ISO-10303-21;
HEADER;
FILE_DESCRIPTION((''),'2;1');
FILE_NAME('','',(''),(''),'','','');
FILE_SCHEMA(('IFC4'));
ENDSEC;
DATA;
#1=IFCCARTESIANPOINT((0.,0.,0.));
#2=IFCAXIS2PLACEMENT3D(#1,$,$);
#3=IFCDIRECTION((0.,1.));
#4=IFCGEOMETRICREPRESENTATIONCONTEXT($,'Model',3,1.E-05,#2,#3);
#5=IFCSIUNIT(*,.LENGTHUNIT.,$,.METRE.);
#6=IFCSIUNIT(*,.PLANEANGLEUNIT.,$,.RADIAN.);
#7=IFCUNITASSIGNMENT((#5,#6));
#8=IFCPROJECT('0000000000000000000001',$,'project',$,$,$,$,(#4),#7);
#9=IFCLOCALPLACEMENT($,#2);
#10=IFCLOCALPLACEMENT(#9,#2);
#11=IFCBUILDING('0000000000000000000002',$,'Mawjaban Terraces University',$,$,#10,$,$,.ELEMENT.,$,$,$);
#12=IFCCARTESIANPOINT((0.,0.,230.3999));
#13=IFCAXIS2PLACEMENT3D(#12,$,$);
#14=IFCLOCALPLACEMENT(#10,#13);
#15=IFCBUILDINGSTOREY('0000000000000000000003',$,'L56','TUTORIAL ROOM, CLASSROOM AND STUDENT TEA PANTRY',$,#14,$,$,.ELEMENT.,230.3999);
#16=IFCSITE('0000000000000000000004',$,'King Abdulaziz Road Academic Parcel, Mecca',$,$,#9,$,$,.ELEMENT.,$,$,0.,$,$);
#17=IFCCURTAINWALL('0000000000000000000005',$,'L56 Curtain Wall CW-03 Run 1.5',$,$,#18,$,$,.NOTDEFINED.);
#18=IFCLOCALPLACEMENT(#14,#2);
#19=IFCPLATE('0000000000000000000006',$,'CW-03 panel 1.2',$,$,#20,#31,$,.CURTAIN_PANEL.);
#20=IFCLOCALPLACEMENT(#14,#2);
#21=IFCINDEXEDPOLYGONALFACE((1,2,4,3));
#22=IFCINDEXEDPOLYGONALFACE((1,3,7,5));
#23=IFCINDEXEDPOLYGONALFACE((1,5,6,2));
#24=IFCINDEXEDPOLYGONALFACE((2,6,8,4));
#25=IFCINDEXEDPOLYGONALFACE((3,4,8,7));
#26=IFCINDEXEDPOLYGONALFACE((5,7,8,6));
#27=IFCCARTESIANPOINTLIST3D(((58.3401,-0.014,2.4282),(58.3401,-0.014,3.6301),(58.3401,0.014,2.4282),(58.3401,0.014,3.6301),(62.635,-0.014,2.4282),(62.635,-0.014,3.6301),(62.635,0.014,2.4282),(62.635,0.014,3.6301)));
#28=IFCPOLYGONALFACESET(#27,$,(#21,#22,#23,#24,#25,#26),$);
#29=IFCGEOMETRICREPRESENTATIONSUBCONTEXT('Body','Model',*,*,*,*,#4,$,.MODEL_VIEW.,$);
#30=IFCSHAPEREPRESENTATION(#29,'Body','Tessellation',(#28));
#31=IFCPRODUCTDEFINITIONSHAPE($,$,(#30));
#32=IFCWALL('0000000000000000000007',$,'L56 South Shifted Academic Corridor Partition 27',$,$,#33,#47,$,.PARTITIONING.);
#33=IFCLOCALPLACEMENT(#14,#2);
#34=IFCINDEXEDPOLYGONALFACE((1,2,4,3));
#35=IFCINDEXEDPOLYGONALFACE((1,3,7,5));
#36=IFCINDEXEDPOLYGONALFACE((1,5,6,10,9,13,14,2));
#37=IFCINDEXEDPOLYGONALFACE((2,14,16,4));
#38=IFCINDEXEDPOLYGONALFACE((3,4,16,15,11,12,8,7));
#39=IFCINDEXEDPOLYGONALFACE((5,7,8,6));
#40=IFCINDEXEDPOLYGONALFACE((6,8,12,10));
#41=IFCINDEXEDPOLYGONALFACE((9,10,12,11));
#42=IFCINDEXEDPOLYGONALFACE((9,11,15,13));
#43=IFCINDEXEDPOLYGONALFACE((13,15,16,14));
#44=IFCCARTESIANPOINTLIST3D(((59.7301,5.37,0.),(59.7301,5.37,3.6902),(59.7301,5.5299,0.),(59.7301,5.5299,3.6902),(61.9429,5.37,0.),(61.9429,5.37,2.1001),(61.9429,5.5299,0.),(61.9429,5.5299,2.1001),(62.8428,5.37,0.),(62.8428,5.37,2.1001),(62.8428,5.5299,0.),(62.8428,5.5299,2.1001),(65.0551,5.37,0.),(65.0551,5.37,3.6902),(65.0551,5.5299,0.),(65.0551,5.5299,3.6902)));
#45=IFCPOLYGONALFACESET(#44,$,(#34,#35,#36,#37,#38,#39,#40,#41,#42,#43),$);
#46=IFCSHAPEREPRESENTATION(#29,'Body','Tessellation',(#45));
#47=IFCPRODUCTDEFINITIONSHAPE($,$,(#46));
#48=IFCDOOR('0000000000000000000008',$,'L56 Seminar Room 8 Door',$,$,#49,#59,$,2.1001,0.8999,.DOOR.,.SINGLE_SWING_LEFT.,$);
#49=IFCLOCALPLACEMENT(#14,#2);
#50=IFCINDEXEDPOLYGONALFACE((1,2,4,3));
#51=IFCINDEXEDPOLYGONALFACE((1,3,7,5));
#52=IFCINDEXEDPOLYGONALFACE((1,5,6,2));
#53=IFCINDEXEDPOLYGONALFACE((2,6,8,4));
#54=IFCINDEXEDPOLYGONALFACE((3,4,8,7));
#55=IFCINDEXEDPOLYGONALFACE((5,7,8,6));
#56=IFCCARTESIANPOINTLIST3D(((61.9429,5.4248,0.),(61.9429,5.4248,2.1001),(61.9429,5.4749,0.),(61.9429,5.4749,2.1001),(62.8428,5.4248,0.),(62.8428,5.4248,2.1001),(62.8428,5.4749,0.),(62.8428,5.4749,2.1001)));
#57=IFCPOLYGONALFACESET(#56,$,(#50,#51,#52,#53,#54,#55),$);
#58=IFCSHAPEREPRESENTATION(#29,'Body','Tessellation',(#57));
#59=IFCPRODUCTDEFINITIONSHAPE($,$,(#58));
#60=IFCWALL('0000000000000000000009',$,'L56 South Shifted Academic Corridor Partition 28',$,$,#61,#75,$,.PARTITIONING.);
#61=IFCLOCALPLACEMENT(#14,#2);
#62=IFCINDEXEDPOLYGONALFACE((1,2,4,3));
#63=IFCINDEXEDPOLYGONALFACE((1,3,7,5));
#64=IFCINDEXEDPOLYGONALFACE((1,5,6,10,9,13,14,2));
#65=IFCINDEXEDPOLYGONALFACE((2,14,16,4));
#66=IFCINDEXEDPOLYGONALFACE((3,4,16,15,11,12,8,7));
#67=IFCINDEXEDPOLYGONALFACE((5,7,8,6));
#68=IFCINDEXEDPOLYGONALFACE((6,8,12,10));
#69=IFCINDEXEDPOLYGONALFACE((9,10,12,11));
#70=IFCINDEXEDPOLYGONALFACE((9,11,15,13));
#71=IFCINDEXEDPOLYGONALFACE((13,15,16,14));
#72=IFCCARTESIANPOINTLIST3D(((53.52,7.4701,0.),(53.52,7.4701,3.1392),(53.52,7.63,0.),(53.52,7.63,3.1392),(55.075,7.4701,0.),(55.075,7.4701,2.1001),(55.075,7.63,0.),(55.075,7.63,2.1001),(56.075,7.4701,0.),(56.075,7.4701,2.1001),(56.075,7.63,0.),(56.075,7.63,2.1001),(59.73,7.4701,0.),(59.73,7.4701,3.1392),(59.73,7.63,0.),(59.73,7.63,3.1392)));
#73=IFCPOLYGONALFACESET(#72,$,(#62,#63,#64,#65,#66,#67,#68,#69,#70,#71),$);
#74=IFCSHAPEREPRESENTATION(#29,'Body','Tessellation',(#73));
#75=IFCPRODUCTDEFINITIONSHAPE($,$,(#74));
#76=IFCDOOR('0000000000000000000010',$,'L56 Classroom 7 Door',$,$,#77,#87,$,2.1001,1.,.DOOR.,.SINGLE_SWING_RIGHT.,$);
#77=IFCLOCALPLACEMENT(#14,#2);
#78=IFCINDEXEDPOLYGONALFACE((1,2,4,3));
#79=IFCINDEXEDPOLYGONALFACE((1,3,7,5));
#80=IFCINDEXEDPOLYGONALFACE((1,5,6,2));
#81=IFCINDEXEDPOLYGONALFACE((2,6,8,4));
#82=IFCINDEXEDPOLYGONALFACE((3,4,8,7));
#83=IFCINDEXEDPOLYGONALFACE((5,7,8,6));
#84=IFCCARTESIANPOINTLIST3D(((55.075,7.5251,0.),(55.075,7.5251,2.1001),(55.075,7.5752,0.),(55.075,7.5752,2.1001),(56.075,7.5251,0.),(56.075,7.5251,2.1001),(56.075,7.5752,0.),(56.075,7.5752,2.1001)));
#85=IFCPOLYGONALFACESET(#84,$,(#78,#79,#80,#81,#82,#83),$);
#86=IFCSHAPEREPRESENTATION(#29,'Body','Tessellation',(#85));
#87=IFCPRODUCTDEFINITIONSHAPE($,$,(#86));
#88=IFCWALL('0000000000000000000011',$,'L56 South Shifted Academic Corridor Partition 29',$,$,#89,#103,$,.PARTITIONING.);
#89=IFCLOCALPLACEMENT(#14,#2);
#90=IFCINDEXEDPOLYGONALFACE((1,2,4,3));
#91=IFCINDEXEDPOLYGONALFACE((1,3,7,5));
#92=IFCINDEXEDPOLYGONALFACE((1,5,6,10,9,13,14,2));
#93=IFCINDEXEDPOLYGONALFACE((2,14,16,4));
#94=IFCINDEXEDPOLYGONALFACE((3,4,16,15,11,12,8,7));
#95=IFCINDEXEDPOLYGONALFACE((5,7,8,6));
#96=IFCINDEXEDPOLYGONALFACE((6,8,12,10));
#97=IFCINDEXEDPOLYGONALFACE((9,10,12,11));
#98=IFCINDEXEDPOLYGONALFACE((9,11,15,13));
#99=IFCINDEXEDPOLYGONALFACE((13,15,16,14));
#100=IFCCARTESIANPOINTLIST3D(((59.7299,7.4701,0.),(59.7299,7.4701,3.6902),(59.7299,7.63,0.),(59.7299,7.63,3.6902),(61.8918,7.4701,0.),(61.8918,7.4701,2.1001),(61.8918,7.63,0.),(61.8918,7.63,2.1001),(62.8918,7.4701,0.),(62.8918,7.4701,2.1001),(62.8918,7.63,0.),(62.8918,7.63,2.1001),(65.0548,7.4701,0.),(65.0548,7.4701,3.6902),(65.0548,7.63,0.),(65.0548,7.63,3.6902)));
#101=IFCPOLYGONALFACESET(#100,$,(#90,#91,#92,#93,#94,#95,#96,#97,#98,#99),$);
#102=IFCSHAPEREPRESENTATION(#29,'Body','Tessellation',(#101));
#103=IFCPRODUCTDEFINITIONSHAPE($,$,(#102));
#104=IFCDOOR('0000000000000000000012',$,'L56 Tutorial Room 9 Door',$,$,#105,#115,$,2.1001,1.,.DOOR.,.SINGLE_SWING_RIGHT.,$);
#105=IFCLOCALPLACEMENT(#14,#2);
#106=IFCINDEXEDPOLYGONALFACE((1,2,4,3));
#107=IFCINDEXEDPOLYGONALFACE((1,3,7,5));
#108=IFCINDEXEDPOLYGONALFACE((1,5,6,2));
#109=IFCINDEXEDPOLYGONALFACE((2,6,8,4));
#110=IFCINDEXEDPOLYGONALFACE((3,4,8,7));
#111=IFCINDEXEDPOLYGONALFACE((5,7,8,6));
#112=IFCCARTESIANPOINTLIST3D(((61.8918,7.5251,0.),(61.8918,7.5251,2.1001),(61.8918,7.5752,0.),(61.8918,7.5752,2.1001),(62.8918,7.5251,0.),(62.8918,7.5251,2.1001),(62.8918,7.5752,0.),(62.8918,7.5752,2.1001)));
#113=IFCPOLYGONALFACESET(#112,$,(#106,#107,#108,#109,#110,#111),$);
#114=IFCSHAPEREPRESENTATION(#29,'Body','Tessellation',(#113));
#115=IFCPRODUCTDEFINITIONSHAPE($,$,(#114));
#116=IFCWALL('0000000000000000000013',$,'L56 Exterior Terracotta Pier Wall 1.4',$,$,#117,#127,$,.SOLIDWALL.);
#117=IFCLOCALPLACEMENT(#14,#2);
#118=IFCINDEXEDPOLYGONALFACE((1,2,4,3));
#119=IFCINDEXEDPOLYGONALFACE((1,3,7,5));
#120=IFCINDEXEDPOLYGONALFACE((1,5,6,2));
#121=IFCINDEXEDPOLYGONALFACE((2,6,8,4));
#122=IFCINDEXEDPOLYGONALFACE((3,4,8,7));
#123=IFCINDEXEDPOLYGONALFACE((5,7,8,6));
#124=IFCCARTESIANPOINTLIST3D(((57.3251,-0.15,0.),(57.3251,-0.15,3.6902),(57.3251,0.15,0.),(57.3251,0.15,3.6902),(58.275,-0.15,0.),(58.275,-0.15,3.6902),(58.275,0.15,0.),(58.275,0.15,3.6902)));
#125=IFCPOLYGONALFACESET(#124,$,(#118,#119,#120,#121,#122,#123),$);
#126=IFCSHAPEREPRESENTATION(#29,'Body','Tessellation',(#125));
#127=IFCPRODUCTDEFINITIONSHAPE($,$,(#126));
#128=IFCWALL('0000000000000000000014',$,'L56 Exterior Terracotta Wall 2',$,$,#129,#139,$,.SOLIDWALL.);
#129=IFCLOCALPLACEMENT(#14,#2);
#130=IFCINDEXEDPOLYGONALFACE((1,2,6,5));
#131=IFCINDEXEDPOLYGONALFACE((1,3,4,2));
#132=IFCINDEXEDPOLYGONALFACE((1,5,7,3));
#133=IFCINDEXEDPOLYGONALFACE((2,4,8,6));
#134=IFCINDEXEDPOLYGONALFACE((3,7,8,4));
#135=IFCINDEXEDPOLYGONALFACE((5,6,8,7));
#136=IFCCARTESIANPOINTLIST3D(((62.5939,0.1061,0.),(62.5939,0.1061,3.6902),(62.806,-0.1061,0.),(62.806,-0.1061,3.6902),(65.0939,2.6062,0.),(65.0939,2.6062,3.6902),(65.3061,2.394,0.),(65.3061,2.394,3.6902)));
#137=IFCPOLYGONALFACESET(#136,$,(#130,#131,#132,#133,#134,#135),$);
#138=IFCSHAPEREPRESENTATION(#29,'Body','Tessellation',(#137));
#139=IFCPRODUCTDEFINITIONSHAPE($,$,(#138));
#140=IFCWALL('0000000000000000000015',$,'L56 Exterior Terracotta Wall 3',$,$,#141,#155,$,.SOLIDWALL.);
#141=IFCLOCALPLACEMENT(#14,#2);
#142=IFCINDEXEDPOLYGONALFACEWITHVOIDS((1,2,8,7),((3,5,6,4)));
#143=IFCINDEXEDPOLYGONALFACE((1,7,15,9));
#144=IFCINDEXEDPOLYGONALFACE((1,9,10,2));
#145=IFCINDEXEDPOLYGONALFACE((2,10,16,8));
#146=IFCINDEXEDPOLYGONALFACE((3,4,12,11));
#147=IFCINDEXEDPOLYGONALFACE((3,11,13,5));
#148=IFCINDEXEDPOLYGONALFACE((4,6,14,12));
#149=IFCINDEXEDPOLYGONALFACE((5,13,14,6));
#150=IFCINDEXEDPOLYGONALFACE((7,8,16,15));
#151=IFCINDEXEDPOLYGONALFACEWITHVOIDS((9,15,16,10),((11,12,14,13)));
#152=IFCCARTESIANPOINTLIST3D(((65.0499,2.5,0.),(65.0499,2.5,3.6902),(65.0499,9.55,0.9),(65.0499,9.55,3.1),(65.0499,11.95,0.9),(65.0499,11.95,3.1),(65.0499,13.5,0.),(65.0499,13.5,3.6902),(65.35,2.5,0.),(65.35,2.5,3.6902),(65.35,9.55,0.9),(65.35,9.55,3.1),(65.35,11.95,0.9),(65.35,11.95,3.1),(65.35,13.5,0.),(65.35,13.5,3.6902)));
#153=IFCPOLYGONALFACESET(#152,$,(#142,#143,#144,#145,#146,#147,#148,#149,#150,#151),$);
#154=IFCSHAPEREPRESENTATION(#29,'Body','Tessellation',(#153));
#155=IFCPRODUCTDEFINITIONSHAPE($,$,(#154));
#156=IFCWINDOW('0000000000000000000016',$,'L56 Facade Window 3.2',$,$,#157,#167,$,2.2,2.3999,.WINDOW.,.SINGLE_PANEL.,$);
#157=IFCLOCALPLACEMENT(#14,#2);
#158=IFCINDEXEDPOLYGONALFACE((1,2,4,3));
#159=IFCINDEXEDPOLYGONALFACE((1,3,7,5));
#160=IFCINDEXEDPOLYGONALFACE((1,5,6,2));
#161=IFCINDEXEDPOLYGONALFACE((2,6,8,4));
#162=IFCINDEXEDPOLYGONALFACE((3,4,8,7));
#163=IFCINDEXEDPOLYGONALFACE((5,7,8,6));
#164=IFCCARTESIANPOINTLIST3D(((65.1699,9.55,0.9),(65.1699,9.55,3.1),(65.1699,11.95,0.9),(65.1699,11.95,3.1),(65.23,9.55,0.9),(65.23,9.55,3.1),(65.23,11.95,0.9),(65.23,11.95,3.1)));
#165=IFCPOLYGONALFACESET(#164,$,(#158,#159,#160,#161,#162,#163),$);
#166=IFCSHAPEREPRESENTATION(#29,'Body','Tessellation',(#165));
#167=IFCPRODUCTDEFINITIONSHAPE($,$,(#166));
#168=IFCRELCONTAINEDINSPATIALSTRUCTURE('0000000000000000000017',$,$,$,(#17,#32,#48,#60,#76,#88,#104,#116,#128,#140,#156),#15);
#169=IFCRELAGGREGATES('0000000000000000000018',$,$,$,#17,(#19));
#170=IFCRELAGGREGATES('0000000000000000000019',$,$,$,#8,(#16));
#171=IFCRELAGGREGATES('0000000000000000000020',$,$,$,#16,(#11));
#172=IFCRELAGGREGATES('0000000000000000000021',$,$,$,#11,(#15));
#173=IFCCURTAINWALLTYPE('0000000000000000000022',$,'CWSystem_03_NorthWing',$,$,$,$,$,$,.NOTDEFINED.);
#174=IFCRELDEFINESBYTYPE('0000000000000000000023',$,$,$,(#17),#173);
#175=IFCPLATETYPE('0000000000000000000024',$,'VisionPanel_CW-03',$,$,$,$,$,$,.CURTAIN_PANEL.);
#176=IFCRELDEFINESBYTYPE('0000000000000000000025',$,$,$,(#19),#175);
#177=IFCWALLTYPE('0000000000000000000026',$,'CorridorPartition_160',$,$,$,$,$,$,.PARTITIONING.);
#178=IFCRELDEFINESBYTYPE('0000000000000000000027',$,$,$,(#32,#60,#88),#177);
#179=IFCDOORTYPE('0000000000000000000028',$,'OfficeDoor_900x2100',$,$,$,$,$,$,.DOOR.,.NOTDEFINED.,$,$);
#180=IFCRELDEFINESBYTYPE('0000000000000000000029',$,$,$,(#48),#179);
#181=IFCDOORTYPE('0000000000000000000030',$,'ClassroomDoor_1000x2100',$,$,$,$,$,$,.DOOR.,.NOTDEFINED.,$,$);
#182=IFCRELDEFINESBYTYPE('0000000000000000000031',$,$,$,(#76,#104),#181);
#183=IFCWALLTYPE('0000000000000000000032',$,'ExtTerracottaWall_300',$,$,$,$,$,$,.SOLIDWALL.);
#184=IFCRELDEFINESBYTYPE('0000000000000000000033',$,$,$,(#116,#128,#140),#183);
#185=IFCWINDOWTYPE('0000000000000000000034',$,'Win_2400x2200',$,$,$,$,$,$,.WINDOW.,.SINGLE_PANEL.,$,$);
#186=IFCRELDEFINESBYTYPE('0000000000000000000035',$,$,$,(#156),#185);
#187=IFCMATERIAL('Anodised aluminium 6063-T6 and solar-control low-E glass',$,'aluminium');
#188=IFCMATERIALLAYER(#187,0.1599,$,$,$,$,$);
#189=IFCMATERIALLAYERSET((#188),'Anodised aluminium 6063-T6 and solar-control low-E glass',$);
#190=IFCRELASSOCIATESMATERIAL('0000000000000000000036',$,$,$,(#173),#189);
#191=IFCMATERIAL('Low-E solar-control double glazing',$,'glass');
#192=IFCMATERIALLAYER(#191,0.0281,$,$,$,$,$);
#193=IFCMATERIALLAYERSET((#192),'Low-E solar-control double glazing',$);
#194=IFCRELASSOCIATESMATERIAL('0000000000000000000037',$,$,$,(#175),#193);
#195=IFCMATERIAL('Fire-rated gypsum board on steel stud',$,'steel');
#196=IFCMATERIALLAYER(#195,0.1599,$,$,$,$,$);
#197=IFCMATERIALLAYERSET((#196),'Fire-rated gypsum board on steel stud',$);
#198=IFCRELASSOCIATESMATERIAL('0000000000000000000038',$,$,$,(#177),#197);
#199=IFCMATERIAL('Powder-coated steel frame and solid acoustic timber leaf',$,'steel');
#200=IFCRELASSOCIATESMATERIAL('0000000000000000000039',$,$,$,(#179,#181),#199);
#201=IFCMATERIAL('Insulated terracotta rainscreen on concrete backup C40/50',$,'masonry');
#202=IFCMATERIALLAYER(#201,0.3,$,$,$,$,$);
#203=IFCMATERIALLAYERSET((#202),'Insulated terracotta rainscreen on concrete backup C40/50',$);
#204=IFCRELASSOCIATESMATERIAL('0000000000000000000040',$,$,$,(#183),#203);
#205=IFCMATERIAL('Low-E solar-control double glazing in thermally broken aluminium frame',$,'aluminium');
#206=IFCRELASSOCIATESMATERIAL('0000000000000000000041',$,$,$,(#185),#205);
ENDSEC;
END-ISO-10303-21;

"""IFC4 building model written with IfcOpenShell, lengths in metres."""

from ifc_helpers import new_model, si_unit, direction, frame, frame_2d, origin, origin_2d, place, context, subcontext, project, spatial, rectangle, extrude, material, layer, layer_set, type_object, element, fill, aggregate, save


model = new_model("IFC4")

# Units and contexts
model_context = context("Model", 3, precision=1e-05, world=origin(), true_north=direction((0.0, 1.0)))
body_context = subcontext(model_context, "Body", "Model", "MODEL_VIEW")
ifc_project = project(units=[si_unit("LENGTHUNIT", "METRE"), si_unit("PLANEANGLEUNIT", "RADIAN")], contexts=[model_context])

# Site, building, storey
site_placement = place(None, origin())
site = spatial("IfcSite", under=ifc_project, at=site_placement, Name="King Abdulaziz Road Academic Parcel, Mecca", CompositionType="ELEMENT", RefElevation=0.0)
building_placement = place(site_placement, origin())
building = spatial("IfcBuilding", under=site, at=building_placement, Name="Mawjaban Terraces University", CompositionType="ELEMENT")
storey_placement = place(building_placement, frame((0.0, 0.0, 230.3999)))
storey = spatial("IfcBuildingStorey", under=building, at=storey_placement, Name="L56", Description="TUTORIAL ROOM, CLASSROOM AND STUDENT TEA PANTRY", CompositionType="ELEMENT", Elevation=230.3999)

# Shared definitions
ifc_material_1 = material(Name="Anodised aluminium 6063-T6 and solar-control low-E glass", Category="aluminium")
ifc_layer_1 = layer(ifc_material_1, 0.1599)
ifc_layer_set_1 = layer_set([ifc_layer_1], Name="Anodised aluminium 6063-T6 and solar-control low-E glass")
curtain_wall_type = type_object("IfcCurtainWallType", Name="CWSystem_03_NorthWing", PredefinedType="NOTDEFINED", material=ifc_layer_set_1)

# Curtain wall
curtain_wall_1_placement = place(storey_placement, origin())
curtain_wall_1 = element("IfcCurtainWall", 1, at=curtain_wall_1_placement, inside=storey, type_object=curtain_wall_type, Name="L56 Curtain Wall CW-03 Run 1.5", PredefinedType="NOTDEFINED")

# Plate
ifc_material_2 = material(Name="Low-E solar-control double glazing", Category="glass")
ifc_layer_2 = layer(ifc_material_2, 0.0281)
ifc_layer_set_2 = layer_set([ifc_layer_2], Name="Low-E solar-control double glazing")
plate_type = type_object("IfcPlateType", Name="VisionPanel_CW-03", PredefinedType="CURTAIN_PANEL", material=ifc_layer_set_2)
plate_1_placement = place(storey_placement, frame((60.4875, 0.0, 2.4282), z_axis=(0.0, 0.0, 1.0), x_axis=(1.0, 0.0, 0.0)))
plate_1 = element("IfcPlate", 2, at=plate_1_placement, type_object=plate_type, Name="CW-03 panel 1.2", PredefinedType="CURTAIN_PANEL", context=body_context, shape_type="SweptSolid", body=[
    extrude(rectangle(XDim=4.2949, YDim=0.0281, at=origin_2d()), origin(), (0.0, 0.0, 1.0), 1.2019),
])
aggregate(curtain_wall_1, [plate_1])

# Walls, openings, doors
ifc_material_3 = material(Name="Fire-rated gypsum board on steel stud", Category="steel")
ifc_layer_3 = layer(ifc_material_3, 0.1599)
ifc_layer_set_3 = layer_set([ifc_layer_3], Name="Fire-rated gypsum board on steel stud")
wall_type_1 = type_object("IfcWallType", Name="CorridorPartition_160", PredefinedType="PARTITIONING", material=ifc_layer_set_3)
wall_1_placement = place(storey_placement, frame((59.73, 5.45, 0.0), z_axis=(0.0, 0.0, 1.0), x_axis=(1.0, 0.0, 0.0)))
wall_1 = element("IfcWall", 3, at=wall_1_placement, inside=storey, type_object=wall_type_1, Name="L56 South Shifted Academic Corridor Partition 27", PredefinedType="PARTITIONING", context=body_context, shape_type="SweptSolid", body=[
    extrude(rectangle(XDim=5.325, YDim=0.1599, at=frame_2d((2.6626, 0.0))), origin(), (0.0, 0.0, 1.0), 3.6902),
])
opening_1_placement = place(wall_1_placement, frame((2.2129, 0.0, 0.0)))
opening_1 = element("IfcOpeningElement", 4, at=opening_1_placement, cuts=wall_1, PredefinedType="OPENING", context=body_context, shape_type="SweptSolid", body=[
    extrude(rectangle(XDim=0.8999, YDim=2.1001, at=frame_2d((0.45, 1.05))), frame((0.0, 0.0898, 0.0), z_axis=(0.0, -1.0, 0.0), x_axis=(1.0, 0.0, 0.0)), (0.0, 0.0, 1.0), 0.1799),
])
ifc_material_4 = material(Name="Powder-coated steel frame and solid acoustic timber leaf", Category="steel")
door_type_1 = type_object("IfcDoorType", Name="OfficeDoor_900x2100", OperationType="NOTDEFINED", PredefinedType="DOOR", material=ifc_material_4)
door_1_placement = place(opening_1_placement, origin())
door_1 = element("IfcDoor", 5, at=door_1_placement, inside=storey, type_object=door_type_1, Name="L56 Seminar Room 8 Door", OperationType="SINGLE_SWING_LEFT", OverallHeight=2.1001, OverallWidth=0.8999, PredefinedType="DOOR", context=body_context, shape_type="SweptSolid", body=[
    extrude(rectangle(XDim=0.8999, YDim=2.1001, at=frame_2d((0.45, 1.05))), frame((0.0, 0.0249, 0.0), z_axis=(0.0, -1.0, 0.0), x_axis=(1.0, 0.0, 0.0)), (0.0, 0.0, 1.0), 0.05),
])
fill(opening_1, door_1)
wall_2_placement = place(storey_placement, frame((59.73, 7.55, 0.0), z_axis=(0.0, 0.0, 1.0), x_axis=(-1.0, 0.0, 0.0)))
wall_2 = element("IfcWall", 6, at=wall_2_placement, inside=storey, type_object=wall_type_1, Name="L56 South Shifted Academic Corridor Partition 28", PredefinedType="PARTITIONING", context=body_context, shape_type="SweptSolid", body=[
    extrude(rectangle(XDim=6.21, YDim=0.1599, at=frame_2d((3.105, 0.0))), origin(), (0.0, 0.0, 1.0), 3.1392),
])
opening_2_placement = place(wall_2_placement, frame((3.655, 0.0, 0.0)))
opening_2 = element("IfcOpeningElement", 7, at=opening_2_placement, cuts=wall_2, PredefinedType="OPENING", context=body_context, shape_type="SweptSolid", body=[
    extrude(rectangle(XDim=1.0, YDim=2.1001, at=frame_2d((0.5, 1.05))), frame((0.0, 0.0898, 0.0), z_axis=(0.0, -1.0, 0.0), x_axis=(1.0, 0.0, 0.0)), (0.0, 0.0, 1.0), 0.1799),
])
door_type_2 = type_object("IfcDoorType", Name="ClassroomDoor_1000x2100", OperationType="NOTDEFINED", PredefinedType="DOOR", material=ifc_material_4)
door_2_placement = place(opening_2_placement, origin())
door_2 = element("IfcDoor", 8, at=door_2_placement, inside=storey, type_object=door_type_2, Name="L56 Classroom 7 Door", OperationType="SINGLE_SWING_RIGHT", OverallHeight=2.1001, OverallWidth=1.0, PredefinedType="DOOR", context=body_context, shape_type="SweptSolid", body=[
    extrude(rectangle(XDim=1.0, YDim=2.1001, at=frame_2d((0.5, 1.05))), frame((0.0, 0.0249, 0.0), z_axis=(0.0, -1.0, 0.0), x_axis=(1.0, 0.0, 0.0)), (0.0, 0.0, 1.0), 0.05),
])
fill(opening_2, door_2)
wall_3_placement = place(storey_placement, frame((65.0549, 7.55, 0.0), z_axis=(0.0, 0.0, 1.0), x_axis=(-1.0, 0.0, 0.0)))
wall_3 = element("IfcWall", 9, at=wall_3_placement, inside=storey, type_object=wall_type_1, Name="L56 South Shifted Academic Corridor Partition 29", PredefinedType="PARTITIONING", context=body_context, shape_type="SweptSolid", body=[
    extrude(rectangle(XDim=5.325, YDim=0.1599, at=frame_2d((2.6626, 0.0))), origin(), (0.0, 0.0, 1.0), 3.6902),
])
opening_3_placement = place(wall_3_placement, frame((2.1631, 0.0, 0.0)))
opening_3 = element("IfcOpeningElement", 10, at=opening_3_placement, cuts=wall_3, PredefinedType="OPENING", context=body_context, shape_type="SweptSolid", body=[
    extrude(rectangle(XDim=1.0, YDim=2.1001, at=frame_2d((0.5, 1.05))), frame((0.0, 0.0898, 0.0), z_axis=(0.0, -1.0, 0.0), x_axis=(1.0, 0.0, 0.0)), (0.0, 0.0, 1.0), 0.1799),
])
door_3_placement = place(opening_3_placement, origin())
door_3 = element("IfcDoor", 11, at=door_3_placement, inside=storey, type_object=door_type_2, Name="L56 Tutorial Room 9 Door", OperationType="SINGLE_SWING_RIGHT", OverallHeight=2.1001, OverallWidth=1.0, PredefinedType="DOOR", context=body_context, shape_type="SweptSolid", body=[
    extrude(rectangle(XDim=1.0, YDim=2.1001, at=frame_2d((0.5, 1.05))), frame((0.0, 0.0249, 0.0), z_axis=(0.0, -1.0, 0.0), x_axis=(1.0, 0.0, 0.0)), (0.0, 0.0, 1.0), 0.05),
])
fill(opening_3, door_3)

# Walls
ifc_material_5 = material(Name="Insulated terracotta rainscreen on concrete backup C40/50", Category="masonry")
ifc_layer_4 = layer(ifc_material_5, 0.3)
ifc_layer_set_4 = layer_set([ifc_layer_4], Name="Insulated terracotta rainscreen on concrete backup C40/50")
wall_type_2 = type_object("IfcWallType", Name="ExtTerracottaWall_300", PredefinedType="SOLIDWALL", material=ifc_layer_set_4)
wall_4_placement = place(storey_placement, frame((57.325, 0.0, 0.0), z_axis=(0.0, 0.0, 1.0), x_axis=(1.0, 0.0, 0.0)))
element("IfcWall", 12, at=wall_4_placement, inside=storey, type_object=wall_type_2, Name="L56 Exterior Terracotta Pier Wall 1.4", PredefinedType="SOLIDWALL", context=body_context, shape_type="SweptSolid", body=[
    extrude(rectangle(XDim=0.95, YDim=0.3, at=frame_2d((0.4751, 0.0))), origin(), (0.0, 0.0, 1.0), 3.6902),
])
wall_5_placement = place(storey_placement, frame((62.7, 0.0, 0.0), z_axis=(0.0, 0.0, 1.0), x_axis=(0.707107, 0.707107, 0.0)))
element("IfcWall", 13, at=wall_5_placement, inside=storey, type_object=wall_type_2, Name="L56 Exterior Terracotta Wall 2", PredefinedType="SOLIDWALL", context=body_context, shape_type="SweptSolid", body=[
    extrude(rectangle(XDim=3.5356, YDim=0.3, at=frame_2d((1.7678, 0.0))), origin(), (0.0, 0.0, 1.0), 3.6902),
])

# Wall, opening, window
wall_6_placement = place(storey_placement, frame((65.2, 2.5, 0.0), z_axis=(0.0, 0.0, 1.0), x_axis=(0.0, 1.0, 0.0)))
wall_6 = element("IfcWall", 14, at=wall_6_placement, inside=storey, type_object=wall_type_2, Name="L56 Exterior Terracotta Wall 3", PredefinedType="SOLIDWALL", context=body_context, shape_type="SweptSolid", body=[
    extrude(rectangle(XDim=11.0, YDim=0.3, at=frame_2d((5.5, 0.0))), origin(), (0.0, 0.0, 1.0), 3.6902),
])
opening_4_placement = place(wall_6_placement, frame((7.05, 0.0, 0.8999)))
opening_4 = element("IfcOpeningElement", 15, at=opening_4_placement, cuts=wall_6, PredefinedType="OPENING", context=body_context, shape_type="SweptSolid", body=[
    extrude(rectangle(XDim=2.3999, YDim=2.2, at=frame_2d((1.2, 1.1001))), frame((0.0, 0.1599, 0.0), z_axis=(0.0, -1.0, 0.0), x_axis=(1.0, 0.0, 0.0)), (0.0, 0.0, 1.0), 0.3201),
])
ifc_material_6 = material(Name="Low-E solar-control double glazing in thermally broken aluminium frame", Category="aluminium")
window_type = type_object("IfcWindowType", Name="Win_2400x2200", PartitioningType="SINGLE_PANEL", PredefinedType="WINDOW", material=ifc_material_6)
window_placement = place(opening_4_placement, origin())
window = element("IfcWindow", 16, at=window_placement, inside=storey, type_object=window_type, Name="L56 Facade Window 3.2", OverallHeight=2.2, OverallWidth=2.3999, PartitioningType="SINGLE_PANEL", PredefinedType="WINDOW", context=body_context, shape_type="SweptSolid", body=[
    extrude(rectangle(XDim=2.3999, YDim=2.2, at=frame_2d((1.2, 1.1001))), frame((0.0, 0.03, 0.0), z_axis=(0.0, -1.0, 0.0), x_axis=(1.0, 0.0, 0.0)), (0.0, 0.0, 1.0), 0.0601),
])
fill(opening_4, window)

save(model, "model.ifc")
